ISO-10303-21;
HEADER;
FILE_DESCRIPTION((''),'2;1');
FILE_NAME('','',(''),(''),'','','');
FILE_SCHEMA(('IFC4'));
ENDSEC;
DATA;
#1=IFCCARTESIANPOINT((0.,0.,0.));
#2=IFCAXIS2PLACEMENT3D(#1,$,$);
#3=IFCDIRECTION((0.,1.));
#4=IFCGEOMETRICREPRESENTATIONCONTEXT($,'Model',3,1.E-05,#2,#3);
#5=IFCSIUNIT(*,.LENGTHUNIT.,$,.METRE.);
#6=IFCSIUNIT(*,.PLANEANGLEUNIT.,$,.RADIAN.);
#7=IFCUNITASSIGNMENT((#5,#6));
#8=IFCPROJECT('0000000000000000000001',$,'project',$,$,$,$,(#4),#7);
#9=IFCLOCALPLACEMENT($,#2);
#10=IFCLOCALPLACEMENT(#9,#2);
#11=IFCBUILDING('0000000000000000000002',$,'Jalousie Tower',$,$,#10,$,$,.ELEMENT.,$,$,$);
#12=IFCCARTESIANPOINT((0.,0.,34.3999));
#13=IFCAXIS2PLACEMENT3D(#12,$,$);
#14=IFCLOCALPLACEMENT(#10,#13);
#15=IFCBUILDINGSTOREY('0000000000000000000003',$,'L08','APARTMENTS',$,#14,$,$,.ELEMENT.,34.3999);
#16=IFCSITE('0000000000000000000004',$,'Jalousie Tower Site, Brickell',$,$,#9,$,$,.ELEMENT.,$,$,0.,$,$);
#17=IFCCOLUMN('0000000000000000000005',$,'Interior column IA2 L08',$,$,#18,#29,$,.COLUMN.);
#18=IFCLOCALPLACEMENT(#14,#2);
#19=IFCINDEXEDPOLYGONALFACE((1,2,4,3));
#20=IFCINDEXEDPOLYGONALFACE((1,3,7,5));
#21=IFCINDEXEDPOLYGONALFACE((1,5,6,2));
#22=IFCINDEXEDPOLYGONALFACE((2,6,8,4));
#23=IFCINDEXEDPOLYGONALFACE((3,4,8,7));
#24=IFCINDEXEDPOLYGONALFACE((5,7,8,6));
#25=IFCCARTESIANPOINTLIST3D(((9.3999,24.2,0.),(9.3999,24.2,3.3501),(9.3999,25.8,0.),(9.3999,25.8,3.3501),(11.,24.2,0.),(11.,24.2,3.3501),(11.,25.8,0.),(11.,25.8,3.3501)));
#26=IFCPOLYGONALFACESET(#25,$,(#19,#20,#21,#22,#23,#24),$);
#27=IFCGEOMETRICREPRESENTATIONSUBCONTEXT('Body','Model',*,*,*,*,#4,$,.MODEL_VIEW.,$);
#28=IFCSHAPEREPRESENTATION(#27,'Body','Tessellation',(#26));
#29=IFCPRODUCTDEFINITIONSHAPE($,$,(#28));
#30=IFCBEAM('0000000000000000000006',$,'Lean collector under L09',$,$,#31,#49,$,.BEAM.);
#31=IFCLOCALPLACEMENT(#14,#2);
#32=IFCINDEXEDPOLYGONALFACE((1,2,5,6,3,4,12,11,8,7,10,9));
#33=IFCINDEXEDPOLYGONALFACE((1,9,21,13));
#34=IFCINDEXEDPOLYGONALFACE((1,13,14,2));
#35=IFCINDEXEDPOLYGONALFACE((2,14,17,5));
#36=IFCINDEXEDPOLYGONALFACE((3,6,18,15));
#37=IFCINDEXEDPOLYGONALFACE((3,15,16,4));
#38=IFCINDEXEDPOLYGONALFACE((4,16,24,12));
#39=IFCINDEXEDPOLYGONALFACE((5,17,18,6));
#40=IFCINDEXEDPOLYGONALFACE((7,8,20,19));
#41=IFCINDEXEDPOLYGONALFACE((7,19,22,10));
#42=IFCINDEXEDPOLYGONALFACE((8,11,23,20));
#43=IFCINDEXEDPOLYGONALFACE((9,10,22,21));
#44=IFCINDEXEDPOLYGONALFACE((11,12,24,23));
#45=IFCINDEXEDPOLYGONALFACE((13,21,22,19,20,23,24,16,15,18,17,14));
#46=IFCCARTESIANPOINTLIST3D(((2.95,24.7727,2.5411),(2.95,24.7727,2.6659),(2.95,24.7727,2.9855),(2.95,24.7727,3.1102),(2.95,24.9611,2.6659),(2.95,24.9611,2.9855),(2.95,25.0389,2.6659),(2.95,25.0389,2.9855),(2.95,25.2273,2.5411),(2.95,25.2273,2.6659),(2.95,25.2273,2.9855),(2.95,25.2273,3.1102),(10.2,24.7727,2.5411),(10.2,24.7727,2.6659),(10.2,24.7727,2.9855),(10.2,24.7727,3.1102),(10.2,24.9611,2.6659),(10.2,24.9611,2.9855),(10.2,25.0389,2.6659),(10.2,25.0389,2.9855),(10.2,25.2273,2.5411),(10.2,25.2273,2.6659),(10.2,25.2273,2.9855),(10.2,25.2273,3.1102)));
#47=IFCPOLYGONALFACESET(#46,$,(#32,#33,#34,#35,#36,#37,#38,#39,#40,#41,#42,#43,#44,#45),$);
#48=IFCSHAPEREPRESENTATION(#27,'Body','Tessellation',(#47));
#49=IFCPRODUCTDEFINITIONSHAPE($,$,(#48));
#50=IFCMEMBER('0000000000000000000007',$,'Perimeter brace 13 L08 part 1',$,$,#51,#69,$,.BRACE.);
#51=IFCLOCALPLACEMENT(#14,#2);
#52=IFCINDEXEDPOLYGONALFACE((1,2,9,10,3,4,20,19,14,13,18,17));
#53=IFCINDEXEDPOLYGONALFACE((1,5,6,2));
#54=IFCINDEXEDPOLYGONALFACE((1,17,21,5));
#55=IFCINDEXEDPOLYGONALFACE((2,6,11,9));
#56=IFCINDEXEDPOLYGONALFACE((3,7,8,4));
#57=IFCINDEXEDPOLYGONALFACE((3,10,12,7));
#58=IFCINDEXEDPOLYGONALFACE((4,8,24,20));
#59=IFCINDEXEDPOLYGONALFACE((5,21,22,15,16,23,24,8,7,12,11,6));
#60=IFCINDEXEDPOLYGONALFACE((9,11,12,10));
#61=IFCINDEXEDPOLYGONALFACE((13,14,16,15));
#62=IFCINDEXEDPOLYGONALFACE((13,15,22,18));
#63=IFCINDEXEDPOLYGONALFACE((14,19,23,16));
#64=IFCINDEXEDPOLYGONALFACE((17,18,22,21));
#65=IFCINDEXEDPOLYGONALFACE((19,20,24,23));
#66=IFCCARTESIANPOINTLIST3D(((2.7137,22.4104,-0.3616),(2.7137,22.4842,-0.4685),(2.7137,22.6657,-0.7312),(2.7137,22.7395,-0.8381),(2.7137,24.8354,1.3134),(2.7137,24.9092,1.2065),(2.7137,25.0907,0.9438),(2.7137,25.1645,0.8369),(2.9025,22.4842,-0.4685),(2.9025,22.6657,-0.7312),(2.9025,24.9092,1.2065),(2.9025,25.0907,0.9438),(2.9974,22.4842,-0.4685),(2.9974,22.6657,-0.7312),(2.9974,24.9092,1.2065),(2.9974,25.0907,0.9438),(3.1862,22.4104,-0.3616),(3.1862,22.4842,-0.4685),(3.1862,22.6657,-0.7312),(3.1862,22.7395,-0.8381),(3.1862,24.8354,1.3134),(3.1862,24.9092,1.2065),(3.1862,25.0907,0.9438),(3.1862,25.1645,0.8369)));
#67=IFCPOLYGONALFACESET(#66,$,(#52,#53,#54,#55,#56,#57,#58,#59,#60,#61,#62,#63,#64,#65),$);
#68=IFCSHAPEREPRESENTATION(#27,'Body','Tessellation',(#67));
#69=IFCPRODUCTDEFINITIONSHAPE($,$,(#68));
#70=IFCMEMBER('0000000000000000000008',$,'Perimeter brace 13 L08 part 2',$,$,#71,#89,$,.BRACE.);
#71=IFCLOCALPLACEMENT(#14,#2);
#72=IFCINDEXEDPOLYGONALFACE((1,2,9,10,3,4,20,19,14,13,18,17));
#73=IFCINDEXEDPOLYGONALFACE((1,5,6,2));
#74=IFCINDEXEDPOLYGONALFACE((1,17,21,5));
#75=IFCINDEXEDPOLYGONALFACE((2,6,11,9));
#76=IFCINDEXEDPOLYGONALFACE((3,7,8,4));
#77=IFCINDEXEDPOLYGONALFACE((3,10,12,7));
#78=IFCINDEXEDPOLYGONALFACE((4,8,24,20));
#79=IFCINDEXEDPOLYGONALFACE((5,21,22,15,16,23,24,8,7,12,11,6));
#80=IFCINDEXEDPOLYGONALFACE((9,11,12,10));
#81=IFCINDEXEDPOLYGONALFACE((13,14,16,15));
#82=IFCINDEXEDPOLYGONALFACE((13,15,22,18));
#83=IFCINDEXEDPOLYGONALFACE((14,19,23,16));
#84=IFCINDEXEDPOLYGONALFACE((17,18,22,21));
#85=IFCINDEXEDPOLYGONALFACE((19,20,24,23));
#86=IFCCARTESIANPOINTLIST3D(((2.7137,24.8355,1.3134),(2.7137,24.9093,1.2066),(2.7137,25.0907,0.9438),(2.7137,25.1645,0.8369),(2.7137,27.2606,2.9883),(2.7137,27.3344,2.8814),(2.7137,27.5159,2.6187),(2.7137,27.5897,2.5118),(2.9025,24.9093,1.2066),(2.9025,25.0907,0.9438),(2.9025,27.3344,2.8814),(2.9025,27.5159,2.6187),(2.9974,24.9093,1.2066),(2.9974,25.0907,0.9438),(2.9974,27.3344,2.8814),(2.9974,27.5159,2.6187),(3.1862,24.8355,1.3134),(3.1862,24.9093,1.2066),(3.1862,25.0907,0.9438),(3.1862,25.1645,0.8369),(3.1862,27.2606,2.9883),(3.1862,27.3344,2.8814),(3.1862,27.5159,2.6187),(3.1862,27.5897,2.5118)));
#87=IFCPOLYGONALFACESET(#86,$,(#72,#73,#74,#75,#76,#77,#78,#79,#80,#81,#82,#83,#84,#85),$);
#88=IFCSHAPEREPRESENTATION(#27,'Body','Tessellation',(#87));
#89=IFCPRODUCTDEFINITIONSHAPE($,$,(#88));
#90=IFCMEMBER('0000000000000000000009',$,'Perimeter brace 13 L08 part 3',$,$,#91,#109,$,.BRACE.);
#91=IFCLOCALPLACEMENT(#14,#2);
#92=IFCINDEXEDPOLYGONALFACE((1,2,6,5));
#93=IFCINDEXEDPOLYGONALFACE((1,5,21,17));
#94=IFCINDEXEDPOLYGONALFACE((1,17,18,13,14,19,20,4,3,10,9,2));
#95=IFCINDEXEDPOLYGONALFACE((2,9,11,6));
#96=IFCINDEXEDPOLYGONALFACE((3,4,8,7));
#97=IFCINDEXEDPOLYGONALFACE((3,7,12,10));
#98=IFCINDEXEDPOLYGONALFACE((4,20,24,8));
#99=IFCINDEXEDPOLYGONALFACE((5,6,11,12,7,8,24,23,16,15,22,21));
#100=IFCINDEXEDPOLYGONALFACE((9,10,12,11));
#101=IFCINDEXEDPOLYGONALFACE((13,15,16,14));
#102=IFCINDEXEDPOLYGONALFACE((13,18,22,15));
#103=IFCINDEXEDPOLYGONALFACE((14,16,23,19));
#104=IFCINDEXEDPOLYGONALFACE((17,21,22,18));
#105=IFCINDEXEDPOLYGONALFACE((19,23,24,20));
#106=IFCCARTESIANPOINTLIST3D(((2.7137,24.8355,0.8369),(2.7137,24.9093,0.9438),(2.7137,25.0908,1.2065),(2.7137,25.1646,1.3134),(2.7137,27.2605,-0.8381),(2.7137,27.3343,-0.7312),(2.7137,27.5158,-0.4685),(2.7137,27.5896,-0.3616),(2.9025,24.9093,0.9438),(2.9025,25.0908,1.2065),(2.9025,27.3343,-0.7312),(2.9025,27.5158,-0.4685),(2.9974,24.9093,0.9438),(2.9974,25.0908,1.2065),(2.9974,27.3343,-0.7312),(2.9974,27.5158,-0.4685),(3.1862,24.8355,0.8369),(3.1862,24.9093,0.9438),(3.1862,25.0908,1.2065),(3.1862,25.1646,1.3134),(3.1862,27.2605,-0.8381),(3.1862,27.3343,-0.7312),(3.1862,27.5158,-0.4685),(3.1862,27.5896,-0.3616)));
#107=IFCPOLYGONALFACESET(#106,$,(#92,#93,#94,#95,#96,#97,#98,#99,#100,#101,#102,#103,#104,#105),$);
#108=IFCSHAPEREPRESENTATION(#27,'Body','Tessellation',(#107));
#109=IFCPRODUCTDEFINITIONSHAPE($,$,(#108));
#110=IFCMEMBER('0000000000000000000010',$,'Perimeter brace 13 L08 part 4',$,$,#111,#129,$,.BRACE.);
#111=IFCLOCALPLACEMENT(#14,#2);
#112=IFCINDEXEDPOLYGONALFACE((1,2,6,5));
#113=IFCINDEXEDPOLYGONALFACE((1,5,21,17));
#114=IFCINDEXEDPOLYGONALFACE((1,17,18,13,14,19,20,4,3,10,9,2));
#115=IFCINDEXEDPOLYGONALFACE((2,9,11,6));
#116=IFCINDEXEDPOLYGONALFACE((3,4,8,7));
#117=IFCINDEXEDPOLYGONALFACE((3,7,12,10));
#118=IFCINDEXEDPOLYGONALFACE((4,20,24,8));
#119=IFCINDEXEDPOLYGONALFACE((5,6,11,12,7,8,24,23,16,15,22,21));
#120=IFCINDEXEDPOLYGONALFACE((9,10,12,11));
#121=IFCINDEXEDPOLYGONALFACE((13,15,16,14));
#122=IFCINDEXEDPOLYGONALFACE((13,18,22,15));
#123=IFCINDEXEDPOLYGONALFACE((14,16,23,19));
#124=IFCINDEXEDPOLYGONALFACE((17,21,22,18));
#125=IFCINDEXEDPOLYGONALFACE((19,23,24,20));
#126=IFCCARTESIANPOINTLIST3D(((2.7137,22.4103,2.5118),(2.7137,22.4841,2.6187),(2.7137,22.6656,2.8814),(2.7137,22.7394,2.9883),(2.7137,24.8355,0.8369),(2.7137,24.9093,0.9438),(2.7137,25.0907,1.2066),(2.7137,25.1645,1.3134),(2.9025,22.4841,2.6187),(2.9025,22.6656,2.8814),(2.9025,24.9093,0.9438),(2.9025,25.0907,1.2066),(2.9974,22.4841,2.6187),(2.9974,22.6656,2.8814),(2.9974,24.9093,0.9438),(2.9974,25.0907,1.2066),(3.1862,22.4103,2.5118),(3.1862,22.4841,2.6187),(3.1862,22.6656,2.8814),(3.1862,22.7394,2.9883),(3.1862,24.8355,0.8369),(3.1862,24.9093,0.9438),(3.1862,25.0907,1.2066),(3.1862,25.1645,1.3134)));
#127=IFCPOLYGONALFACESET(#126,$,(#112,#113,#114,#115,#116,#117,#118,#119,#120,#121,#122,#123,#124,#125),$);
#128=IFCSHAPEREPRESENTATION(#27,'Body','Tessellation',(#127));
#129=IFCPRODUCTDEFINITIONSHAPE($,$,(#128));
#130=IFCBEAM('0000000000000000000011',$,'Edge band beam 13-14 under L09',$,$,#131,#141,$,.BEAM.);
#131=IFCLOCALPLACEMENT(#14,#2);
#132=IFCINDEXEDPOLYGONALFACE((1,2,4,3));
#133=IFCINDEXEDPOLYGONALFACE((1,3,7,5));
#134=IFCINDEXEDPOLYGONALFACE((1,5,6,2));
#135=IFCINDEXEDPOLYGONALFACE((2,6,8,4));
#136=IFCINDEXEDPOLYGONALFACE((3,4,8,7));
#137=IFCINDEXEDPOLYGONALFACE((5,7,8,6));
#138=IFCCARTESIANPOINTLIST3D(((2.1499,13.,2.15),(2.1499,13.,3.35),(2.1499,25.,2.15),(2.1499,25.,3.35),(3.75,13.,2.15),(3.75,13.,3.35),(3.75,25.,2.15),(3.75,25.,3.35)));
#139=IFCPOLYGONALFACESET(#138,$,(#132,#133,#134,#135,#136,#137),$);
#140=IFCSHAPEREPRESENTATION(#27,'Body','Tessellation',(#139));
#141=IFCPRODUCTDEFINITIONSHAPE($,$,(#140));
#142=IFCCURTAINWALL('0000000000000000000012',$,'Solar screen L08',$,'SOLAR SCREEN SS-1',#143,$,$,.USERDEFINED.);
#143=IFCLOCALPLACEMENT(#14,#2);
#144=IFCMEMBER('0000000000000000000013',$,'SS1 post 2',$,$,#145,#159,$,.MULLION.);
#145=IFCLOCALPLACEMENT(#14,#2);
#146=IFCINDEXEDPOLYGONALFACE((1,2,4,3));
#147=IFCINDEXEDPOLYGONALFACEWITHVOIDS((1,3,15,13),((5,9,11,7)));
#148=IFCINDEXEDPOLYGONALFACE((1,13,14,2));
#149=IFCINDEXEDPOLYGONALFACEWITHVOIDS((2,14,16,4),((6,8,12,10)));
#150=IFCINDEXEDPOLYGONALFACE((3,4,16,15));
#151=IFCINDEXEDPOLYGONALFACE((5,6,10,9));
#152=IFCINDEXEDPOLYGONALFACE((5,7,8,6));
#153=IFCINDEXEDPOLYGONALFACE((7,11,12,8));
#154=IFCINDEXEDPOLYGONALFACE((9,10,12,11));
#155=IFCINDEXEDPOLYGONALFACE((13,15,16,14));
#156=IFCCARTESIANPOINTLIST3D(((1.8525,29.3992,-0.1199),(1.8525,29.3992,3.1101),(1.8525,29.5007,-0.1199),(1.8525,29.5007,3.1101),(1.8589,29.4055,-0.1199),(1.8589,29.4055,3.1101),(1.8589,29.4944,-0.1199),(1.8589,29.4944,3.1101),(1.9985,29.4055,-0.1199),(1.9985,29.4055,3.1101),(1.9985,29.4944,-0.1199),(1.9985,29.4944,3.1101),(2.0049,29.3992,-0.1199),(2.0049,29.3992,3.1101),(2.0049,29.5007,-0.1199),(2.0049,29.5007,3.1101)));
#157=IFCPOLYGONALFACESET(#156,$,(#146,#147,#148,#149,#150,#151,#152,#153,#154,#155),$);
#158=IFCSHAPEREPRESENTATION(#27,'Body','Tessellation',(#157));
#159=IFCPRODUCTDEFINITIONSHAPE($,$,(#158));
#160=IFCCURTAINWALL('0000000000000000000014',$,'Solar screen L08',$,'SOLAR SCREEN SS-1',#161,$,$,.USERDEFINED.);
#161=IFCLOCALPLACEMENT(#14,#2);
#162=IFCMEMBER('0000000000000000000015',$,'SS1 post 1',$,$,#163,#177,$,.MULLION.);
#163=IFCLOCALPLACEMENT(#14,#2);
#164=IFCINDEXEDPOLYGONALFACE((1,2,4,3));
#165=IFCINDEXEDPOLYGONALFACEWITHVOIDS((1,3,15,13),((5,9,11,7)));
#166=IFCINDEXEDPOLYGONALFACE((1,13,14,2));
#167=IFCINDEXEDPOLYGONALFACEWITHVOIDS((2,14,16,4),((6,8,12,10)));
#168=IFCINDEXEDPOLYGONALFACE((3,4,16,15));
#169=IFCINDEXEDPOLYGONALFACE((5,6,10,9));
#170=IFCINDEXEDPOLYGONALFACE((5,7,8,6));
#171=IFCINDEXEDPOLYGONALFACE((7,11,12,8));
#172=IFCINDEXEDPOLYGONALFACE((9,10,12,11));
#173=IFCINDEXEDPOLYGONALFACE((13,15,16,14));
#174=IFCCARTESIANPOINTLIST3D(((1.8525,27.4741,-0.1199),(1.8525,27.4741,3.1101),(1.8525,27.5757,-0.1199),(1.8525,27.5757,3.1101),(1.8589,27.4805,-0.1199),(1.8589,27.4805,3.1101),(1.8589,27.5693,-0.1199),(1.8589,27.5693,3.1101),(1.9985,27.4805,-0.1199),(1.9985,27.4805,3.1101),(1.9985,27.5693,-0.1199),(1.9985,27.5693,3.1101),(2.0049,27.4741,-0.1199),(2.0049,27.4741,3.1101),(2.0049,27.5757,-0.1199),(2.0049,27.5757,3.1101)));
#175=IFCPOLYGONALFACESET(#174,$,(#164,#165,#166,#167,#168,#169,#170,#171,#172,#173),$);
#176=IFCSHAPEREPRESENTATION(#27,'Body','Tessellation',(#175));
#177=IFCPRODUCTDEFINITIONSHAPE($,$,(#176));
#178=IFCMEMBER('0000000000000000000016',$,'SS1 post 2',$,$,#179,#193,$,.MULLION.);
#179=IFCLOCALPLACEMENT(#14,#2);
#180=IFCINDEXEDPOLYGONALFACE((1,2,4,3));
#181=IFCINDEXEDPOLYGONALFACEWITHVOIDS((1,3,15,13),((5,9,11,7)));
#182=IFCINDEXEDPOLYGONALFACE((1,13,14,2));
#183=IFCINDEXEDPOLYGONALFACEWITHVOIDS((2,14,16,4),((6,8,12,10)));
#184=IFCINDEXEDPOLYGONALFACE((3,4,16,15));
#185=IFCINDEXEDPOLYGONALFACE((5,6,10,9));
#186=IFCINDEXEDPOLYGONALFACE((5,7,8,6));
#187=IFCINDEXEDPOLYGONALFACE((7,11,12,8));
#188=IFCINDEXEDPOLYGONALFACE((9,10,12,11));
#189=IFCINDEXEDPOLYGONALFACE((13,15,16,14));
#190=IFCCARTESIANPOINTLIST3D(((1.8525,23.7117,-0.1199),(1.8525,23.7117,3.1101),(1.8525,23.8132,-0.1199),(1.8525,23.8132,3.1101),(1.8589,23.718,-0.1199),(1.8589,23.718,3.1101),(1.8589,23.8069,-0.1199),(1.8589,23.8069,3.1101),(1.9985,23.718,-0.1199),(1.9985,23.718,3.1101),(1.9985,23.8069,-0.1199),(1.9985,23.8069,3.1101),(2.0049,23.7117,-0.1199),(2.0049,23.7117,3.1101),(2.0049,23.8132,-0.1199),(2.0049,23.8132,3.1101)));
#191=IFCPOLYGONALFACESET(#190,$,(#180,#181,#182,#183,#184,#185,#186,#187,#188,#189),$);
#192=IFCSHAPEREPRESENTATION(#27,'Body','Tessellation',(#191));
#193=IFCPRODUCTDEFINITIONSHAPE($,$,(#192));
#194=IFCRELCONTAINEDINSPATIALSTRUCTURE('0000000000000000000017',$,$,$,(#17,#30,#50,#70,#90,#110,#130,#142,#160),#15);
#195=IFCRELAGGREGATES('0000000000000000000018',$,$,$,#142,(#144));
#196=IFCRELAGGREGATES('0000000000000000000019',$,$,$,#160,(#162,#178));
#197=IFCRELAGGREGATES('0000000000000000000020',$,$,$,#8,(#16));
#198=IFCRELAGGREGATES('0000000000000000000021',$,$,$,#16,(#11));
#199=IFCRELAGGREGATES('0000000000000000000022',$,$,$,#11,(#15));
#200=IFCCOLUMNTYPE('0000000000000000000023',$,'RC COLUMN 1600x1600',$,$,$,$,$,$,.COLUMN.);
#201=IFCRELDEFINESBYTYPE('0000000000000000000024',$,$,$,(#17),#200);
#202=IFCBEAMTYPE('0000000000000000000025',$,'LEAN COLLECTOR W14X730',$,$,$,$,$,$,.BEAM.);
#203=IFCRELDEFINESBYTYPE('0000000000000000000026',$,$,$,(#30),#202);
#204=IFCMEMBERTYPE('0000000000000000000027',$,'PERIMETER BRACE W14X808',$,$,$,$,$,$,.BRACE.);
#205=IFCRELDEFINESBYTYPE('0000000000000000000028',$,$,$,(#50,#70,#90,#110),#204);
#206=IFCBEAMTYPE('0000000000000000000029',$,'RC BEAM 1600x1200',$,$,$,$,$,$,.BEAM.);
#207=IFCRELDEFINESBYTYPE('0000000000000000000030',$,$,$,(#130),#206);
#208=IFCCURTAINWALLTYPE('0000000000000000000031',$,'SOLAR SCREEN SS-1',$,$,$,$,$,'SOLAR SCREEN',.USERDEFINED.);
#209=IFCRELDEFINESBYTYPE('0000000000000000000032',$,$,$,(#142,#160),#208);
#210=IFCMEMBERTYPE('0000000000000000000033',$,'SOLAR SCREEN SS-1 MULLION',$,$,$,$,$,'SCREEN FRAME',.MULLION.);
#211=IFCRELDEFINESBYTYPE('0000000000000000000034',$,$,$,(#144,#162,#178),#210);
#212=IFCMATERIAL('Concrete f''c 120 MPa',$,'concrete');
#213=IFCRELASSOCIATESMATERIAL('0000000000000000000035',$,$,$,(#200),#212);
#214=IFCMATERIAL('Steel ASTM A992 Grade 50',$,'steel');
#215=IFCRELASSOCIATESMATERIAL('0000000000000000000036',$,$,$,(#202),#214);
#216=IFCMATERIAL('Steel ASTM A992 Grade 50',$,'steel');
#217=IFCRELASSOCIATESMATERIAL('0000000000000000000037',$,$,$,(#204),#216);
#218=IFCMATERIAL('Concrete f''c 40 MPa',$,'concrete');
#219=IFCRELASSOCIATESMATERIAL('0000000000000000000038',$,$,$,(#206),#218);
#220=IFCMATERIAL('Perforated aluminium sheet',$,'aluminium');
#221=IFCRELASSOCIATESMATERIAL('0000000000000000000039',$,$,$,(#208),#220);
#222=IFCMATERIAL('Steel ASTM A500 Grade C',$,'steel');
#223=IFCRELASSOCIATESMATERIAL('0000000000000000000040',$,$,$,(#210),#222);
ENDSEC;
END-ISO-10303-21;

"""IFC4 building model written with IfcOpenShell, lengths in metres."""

from ifc_helpers import new_model, si_unit, direction, frame, origin, origin_2d, place, context, subcontext, project, spatial, rectangle, hollow_rectangle, i_section, extrude, material, material_profile, profile_set, type_object, element, aggregate, save


model = new_model("IFC4")

# Units and contexts
model_context = context("Model", 3, precision=1e-05, world=origin(), true_north=direction((0.0, 1.0)))
body_context = subcontext(model_context, "Body", "Model", "MODEL_VIEW")
ifc_project = project(units=[si_unit("LENGTHUNIT", "METRE"), si_unit("PLANEANGLEUNIT", "RADIAN")], contexts=[model_context])

# Site, building, storey
site_placement = place(None, origin())
site = spatial("IfcSite", under=ifc_project, at=site_placement, Name="Jalousie Tower Site, Brickell", CompositionType="ELEMENT", RefElevation=0.0)
building_placement = place(site_placement, origin())
building = spatial("IfcBuilding", under=site, at=building_placement, Name="Jalousie Tower", CompositionType="ELEMENT")
storey_placement = place(building_placement, frame((0.0, 0.0, 34.3999)))
storey = spatial("IfcBuildingStorey", under=building, at=storey_placement, Name="L08", Description="APARTMENTS", CompositionType="ELEMENT", Elevation=34.3999)

# Column
ifc_material_1 = material(Name="Concrete f'c 120 MPa", Category="concrete")
ifc_material_profile_1 = material_profile(ifc_material_1, rectangle(XDim=1.6001, YDim=1.6001, at=origin_2d()), Name="RC 1600x1600")
ifc_profile_set_1 = profile_set([ifc_material_profile_1], Name="Concrete f'c 120 MPa")
column_type = type_object("IfcColumnType", Name="RC COLUMN 1600x1600", PredefinedType="COLUMN", material=ifc_profile_set_1)
column_placement = place(storey_placement, frame((10.2, 25.0, 0.0), z_axis=(0.0, 0.0, 1.0), x_axis=(1.0, 0.0, 0.0)))
element("IfcColumn", 1, at=column_placement, inside=storey, type_object=column_type, Name="Interior column IA2 L08", PredefinedType="COLUMN", context=body_context, shape_type="SweptSolid", body=[
    extrude(rectangle(XDim=1.6001, YDim=1.6001, at=origin_2d()), origin(), (0.0, 0.0, 1.0), 3.3501),
])

# Beam
ifc_material_2 = material(Name="Steel ASTM A992 Grade 50", Category="steel")
ifc_material_profile_2 = material_profile(ifc_material_2, i_section(OverallWidth=0.4546, OverallDepth=0.5691, WebThickness=0.0779, FlangeThickness=0.1248, at=origin_2d()), Name="W14X730")
ifc_profile_set_2 = profile_set([ifc_material_profile_2], Name="Steel ASTM A992 Grade 50")
beam_type_1 = type_object("IfcBeamType", Name="LEAN COLLECTOR W14X730", PredefinedType="BEAM", material=ifc_profile_set_2)
beam_1_placement = place(storey_placement, frame((2.95, 25.0, 2.8257), z_axis=(1.0, 0.0, 0.0), x_axis=(0.0, 1.0, 0.0)))
element("IfcBeam", 2, at=beam_1_placement, inside=storey, type_object=beam_type_1, Name="Lean collector under L09", PredefinedType="BEAM", context=body_context, shape_type="SweptSolid", body=[
    extrude(i_section(OverallWidth=0.4546, OverallDepth=0.5691, WebThickness=0.0779, FlangeThickness=0.1248, at=origin_2d()), origin(), (0.0, 0.0, 1.0), 7.25),
])

# Members
ifc_material_3 = material(Name="Steel ASTM A992 Grade 50", Category="steel")
ifc_material_profile_3 = material_profile(ifc_material_3, i_section(OverallWidth=0.4724, OverallDepth=0.5791, WebThickness=0.095, FlangeThickness=0.1299, at=origin_2d()), Name="W14X808")
ifc_profile_set_3 = profile_set([ifc_material_profile_3], Name="Steel ASTM A992 Grade 50")
member_type_1 = type_object("IfcMemberType", Name="PERIMETER BRACE W14X808", PredefinedType="BRACE", material=ifc_profile_set_3)
for number, where, z_axis, x_axis, name in (
    (3, (2.95, 22.575, -0.5999), (0.0, 0.8228, 0.568331), (-1.0, 0.0, 0.0), "Perimeter brace 13 L08 part 1"),
    (4, (2.95, 25.0, 1.0752), (0.0, 0.822839, 0.568275), (-1.0, 0.0, 0.0), "Perimeter brace 13 L08 part 2"),
    (5, (2.95, 27.425, -0.5999), (0.0, -0.8228, 0.568331), (1.0, 0.0, 0.0), "Perimeter brace 13 L08 part 3"),
    (6, (2.95, 25.0, 1.0752), (0.0, -0.822839, 0.568275), (1.0, 0.0, 0.0), "Perimeter brace 13 L08 part 4"),
):
    element("IfcMember", number, at=place(storey_placement, frame(where, z_axis=z_axis, x_axis=x_axis)), inside=storey, type_object=member_type_1, Name=name, PredefinedType="BRACE", context=body_context, shape_type="SweptSolid", body=[
        extrude(i_section(OverallWidth=0.4724, OverallDepth=0.5791, WebThickness=0.095, FlangeThickness=0.1299, at=origin_2d()), origin(), (0.0, 0.0, 1.0), 2.9473),
    ])

# Beam
ifc_material_4 = material(Name="Concrete f'c 40 MPa", Category="concrete")
ifc_material_profile_4 = material_profile(ifc_material_4, rectangle(XDim=1.6001, YDim=1.2, at=origin_2d()), Name="RC 1600x1200")
ifc_profile_set_4 = profile_set([ifc_material_profile_4], Name="Concrete f'c 40 MPa")
beam_type_2 = type_object("IfcBeamType", Name="RC BEAM 1600x1200", PredefinedType="BEAM", material=ifc_profile_set_4)
beam_2_placement = place(storey_placement, frame((2.95, 25.0, 2.75), z_axis=(0.0, -1.0, 0.0), x_axis=(1.0, 0.0, 0.0)))
element("IfcBeam", 7, at=beam_2_placement, inside=storey, type_object=beam_type_2, Name="Edge band beam 13-14 under L09", PredefinedType="BEAM", context=body_context, shape_type="SweptSolid", body=[
    extrude(rectangle(XDim=1.6001, YDim=1.2, at=origin_2d()), origin(), (0.0, 0.0, 1.0), 12.0),
])

# Curtain wall, member
ifc_material_5 = material(Name="Perforated aluminium sheet", Category="aluminium")
curtain_wall_type = type_object("IfcCurtainWallType", Name="SOLAR SCREEN SS-1", ElementType="SOLAR SCREEN", PredefinedType="USERDEFINED", material=ifc_material_5)
curtain_wall_1_placement = place(storey_placement, origin())
curtain_wall_1 = element("IfcCurtainWall", 8, at=curtain_wall_1_placement, inside=storey, type_object=curtain_wall_type, Name="Solar screen L08", ObjectType="SOLAR SCREEN SS-1", PredefinedType="USERDEFINED")
ifc_material_6 = material(Name="Steel ASTM A500 Grade C", Category="steel")
ifc_material_profile_5 = material_profile(ifc_material_6, hollow_rectangle(XDim=0.1016, YDim=0.1523, WallThickness=0.0063, at=origin_2d()), Name="HSS6X4X1/4")
ifc_profile_set_5 = profile_set([ifc_material_profile_5], Name="Steel ASTM A500 Grade C")
member_type_2 = type_object("IfcMemberType", Name="SOLAR SCREEN SS-1 MULLION", ElementType="SCREEN FRAME", PredefinedType="MULLION", material=ifc_profile_set_5)
member_1_placement = place(storey_placement, frame((1.9287, 29.45, -0.1199), z_axis=(0.0, 0.0, 1.0), x_axis=(0.0, -1.0, 0.0)))
member_1 = element("IfcMember", 9, at=member_1_placement, type_object=member_type_2, Name="SS1 post 2", PredefinedType="MULLION", context=body_context, shape_type="SweptSolid", body=[
    extrude(hollow_rectangle(XDim=0.1016, YDim=0.1523, WallThickness=0.0063, at=origin_2d()), origin(), (0.0, 0.0, 1.0), 3.23),
])
aggregate(curtain_wall_1, [member_1])

# Curtain wall, members
curtain_wall_2_placement = place(storey_placement, origin())
curtain_wall_2 = element("IfcCurtainWall", 10, at=curtain_wall_2_placement, inside=storey, type_object=curtain_wall_type, Name="Solar screen L08", ObjectType="SOLAR SCREEN SS-1", PredefinedType="USERDEFINED")
member_2_placement = place(storey_placement, frame((1.9287, 27.5249, -0.1199), z_axis=(0.0, 0.0, 1.0), x_axis=(0.0, -1.0, 0.0)))
member_2 = element("IfcMember", 11, at=member_2_placement, type_object=member_type_2, Name="SS1 post 1", PredefinedType="MULLION", context=body_context, shape_type="SweptSolid", body=[
    extrude(hollow_rectangle(XDim=0.1016, YDim=0.1523, WallThickness=0.0063, at=origin_2d()), origin(), (0.0, 0.0, 1.0), 3.23),
])
member_3_placement = place(storey_placement, frame((1.9287, 23.7625, -0.1199), z_axis=(0.0, 0.0, 1.0), x_axis=(0.0, -1.0, 0.0)))
member_3 = element("IfcMember", 12, at=member_3_placement, type_object=member_type_2, Name="SS1 post 2", PredefinedType="MULLION", context=body_context, shape_type="SweptSolid", body=[
    extrude(hollow_rectangle(XDim=0.1016, YDim=0.1523, WallThickness=0.0063, at=origin_2d()), origin(), (0.0, 0.0, 1.0), 3.23),
])
aggregate(curtain_wall_2, [member_2, member_3])

save(model, "model.ifc")
